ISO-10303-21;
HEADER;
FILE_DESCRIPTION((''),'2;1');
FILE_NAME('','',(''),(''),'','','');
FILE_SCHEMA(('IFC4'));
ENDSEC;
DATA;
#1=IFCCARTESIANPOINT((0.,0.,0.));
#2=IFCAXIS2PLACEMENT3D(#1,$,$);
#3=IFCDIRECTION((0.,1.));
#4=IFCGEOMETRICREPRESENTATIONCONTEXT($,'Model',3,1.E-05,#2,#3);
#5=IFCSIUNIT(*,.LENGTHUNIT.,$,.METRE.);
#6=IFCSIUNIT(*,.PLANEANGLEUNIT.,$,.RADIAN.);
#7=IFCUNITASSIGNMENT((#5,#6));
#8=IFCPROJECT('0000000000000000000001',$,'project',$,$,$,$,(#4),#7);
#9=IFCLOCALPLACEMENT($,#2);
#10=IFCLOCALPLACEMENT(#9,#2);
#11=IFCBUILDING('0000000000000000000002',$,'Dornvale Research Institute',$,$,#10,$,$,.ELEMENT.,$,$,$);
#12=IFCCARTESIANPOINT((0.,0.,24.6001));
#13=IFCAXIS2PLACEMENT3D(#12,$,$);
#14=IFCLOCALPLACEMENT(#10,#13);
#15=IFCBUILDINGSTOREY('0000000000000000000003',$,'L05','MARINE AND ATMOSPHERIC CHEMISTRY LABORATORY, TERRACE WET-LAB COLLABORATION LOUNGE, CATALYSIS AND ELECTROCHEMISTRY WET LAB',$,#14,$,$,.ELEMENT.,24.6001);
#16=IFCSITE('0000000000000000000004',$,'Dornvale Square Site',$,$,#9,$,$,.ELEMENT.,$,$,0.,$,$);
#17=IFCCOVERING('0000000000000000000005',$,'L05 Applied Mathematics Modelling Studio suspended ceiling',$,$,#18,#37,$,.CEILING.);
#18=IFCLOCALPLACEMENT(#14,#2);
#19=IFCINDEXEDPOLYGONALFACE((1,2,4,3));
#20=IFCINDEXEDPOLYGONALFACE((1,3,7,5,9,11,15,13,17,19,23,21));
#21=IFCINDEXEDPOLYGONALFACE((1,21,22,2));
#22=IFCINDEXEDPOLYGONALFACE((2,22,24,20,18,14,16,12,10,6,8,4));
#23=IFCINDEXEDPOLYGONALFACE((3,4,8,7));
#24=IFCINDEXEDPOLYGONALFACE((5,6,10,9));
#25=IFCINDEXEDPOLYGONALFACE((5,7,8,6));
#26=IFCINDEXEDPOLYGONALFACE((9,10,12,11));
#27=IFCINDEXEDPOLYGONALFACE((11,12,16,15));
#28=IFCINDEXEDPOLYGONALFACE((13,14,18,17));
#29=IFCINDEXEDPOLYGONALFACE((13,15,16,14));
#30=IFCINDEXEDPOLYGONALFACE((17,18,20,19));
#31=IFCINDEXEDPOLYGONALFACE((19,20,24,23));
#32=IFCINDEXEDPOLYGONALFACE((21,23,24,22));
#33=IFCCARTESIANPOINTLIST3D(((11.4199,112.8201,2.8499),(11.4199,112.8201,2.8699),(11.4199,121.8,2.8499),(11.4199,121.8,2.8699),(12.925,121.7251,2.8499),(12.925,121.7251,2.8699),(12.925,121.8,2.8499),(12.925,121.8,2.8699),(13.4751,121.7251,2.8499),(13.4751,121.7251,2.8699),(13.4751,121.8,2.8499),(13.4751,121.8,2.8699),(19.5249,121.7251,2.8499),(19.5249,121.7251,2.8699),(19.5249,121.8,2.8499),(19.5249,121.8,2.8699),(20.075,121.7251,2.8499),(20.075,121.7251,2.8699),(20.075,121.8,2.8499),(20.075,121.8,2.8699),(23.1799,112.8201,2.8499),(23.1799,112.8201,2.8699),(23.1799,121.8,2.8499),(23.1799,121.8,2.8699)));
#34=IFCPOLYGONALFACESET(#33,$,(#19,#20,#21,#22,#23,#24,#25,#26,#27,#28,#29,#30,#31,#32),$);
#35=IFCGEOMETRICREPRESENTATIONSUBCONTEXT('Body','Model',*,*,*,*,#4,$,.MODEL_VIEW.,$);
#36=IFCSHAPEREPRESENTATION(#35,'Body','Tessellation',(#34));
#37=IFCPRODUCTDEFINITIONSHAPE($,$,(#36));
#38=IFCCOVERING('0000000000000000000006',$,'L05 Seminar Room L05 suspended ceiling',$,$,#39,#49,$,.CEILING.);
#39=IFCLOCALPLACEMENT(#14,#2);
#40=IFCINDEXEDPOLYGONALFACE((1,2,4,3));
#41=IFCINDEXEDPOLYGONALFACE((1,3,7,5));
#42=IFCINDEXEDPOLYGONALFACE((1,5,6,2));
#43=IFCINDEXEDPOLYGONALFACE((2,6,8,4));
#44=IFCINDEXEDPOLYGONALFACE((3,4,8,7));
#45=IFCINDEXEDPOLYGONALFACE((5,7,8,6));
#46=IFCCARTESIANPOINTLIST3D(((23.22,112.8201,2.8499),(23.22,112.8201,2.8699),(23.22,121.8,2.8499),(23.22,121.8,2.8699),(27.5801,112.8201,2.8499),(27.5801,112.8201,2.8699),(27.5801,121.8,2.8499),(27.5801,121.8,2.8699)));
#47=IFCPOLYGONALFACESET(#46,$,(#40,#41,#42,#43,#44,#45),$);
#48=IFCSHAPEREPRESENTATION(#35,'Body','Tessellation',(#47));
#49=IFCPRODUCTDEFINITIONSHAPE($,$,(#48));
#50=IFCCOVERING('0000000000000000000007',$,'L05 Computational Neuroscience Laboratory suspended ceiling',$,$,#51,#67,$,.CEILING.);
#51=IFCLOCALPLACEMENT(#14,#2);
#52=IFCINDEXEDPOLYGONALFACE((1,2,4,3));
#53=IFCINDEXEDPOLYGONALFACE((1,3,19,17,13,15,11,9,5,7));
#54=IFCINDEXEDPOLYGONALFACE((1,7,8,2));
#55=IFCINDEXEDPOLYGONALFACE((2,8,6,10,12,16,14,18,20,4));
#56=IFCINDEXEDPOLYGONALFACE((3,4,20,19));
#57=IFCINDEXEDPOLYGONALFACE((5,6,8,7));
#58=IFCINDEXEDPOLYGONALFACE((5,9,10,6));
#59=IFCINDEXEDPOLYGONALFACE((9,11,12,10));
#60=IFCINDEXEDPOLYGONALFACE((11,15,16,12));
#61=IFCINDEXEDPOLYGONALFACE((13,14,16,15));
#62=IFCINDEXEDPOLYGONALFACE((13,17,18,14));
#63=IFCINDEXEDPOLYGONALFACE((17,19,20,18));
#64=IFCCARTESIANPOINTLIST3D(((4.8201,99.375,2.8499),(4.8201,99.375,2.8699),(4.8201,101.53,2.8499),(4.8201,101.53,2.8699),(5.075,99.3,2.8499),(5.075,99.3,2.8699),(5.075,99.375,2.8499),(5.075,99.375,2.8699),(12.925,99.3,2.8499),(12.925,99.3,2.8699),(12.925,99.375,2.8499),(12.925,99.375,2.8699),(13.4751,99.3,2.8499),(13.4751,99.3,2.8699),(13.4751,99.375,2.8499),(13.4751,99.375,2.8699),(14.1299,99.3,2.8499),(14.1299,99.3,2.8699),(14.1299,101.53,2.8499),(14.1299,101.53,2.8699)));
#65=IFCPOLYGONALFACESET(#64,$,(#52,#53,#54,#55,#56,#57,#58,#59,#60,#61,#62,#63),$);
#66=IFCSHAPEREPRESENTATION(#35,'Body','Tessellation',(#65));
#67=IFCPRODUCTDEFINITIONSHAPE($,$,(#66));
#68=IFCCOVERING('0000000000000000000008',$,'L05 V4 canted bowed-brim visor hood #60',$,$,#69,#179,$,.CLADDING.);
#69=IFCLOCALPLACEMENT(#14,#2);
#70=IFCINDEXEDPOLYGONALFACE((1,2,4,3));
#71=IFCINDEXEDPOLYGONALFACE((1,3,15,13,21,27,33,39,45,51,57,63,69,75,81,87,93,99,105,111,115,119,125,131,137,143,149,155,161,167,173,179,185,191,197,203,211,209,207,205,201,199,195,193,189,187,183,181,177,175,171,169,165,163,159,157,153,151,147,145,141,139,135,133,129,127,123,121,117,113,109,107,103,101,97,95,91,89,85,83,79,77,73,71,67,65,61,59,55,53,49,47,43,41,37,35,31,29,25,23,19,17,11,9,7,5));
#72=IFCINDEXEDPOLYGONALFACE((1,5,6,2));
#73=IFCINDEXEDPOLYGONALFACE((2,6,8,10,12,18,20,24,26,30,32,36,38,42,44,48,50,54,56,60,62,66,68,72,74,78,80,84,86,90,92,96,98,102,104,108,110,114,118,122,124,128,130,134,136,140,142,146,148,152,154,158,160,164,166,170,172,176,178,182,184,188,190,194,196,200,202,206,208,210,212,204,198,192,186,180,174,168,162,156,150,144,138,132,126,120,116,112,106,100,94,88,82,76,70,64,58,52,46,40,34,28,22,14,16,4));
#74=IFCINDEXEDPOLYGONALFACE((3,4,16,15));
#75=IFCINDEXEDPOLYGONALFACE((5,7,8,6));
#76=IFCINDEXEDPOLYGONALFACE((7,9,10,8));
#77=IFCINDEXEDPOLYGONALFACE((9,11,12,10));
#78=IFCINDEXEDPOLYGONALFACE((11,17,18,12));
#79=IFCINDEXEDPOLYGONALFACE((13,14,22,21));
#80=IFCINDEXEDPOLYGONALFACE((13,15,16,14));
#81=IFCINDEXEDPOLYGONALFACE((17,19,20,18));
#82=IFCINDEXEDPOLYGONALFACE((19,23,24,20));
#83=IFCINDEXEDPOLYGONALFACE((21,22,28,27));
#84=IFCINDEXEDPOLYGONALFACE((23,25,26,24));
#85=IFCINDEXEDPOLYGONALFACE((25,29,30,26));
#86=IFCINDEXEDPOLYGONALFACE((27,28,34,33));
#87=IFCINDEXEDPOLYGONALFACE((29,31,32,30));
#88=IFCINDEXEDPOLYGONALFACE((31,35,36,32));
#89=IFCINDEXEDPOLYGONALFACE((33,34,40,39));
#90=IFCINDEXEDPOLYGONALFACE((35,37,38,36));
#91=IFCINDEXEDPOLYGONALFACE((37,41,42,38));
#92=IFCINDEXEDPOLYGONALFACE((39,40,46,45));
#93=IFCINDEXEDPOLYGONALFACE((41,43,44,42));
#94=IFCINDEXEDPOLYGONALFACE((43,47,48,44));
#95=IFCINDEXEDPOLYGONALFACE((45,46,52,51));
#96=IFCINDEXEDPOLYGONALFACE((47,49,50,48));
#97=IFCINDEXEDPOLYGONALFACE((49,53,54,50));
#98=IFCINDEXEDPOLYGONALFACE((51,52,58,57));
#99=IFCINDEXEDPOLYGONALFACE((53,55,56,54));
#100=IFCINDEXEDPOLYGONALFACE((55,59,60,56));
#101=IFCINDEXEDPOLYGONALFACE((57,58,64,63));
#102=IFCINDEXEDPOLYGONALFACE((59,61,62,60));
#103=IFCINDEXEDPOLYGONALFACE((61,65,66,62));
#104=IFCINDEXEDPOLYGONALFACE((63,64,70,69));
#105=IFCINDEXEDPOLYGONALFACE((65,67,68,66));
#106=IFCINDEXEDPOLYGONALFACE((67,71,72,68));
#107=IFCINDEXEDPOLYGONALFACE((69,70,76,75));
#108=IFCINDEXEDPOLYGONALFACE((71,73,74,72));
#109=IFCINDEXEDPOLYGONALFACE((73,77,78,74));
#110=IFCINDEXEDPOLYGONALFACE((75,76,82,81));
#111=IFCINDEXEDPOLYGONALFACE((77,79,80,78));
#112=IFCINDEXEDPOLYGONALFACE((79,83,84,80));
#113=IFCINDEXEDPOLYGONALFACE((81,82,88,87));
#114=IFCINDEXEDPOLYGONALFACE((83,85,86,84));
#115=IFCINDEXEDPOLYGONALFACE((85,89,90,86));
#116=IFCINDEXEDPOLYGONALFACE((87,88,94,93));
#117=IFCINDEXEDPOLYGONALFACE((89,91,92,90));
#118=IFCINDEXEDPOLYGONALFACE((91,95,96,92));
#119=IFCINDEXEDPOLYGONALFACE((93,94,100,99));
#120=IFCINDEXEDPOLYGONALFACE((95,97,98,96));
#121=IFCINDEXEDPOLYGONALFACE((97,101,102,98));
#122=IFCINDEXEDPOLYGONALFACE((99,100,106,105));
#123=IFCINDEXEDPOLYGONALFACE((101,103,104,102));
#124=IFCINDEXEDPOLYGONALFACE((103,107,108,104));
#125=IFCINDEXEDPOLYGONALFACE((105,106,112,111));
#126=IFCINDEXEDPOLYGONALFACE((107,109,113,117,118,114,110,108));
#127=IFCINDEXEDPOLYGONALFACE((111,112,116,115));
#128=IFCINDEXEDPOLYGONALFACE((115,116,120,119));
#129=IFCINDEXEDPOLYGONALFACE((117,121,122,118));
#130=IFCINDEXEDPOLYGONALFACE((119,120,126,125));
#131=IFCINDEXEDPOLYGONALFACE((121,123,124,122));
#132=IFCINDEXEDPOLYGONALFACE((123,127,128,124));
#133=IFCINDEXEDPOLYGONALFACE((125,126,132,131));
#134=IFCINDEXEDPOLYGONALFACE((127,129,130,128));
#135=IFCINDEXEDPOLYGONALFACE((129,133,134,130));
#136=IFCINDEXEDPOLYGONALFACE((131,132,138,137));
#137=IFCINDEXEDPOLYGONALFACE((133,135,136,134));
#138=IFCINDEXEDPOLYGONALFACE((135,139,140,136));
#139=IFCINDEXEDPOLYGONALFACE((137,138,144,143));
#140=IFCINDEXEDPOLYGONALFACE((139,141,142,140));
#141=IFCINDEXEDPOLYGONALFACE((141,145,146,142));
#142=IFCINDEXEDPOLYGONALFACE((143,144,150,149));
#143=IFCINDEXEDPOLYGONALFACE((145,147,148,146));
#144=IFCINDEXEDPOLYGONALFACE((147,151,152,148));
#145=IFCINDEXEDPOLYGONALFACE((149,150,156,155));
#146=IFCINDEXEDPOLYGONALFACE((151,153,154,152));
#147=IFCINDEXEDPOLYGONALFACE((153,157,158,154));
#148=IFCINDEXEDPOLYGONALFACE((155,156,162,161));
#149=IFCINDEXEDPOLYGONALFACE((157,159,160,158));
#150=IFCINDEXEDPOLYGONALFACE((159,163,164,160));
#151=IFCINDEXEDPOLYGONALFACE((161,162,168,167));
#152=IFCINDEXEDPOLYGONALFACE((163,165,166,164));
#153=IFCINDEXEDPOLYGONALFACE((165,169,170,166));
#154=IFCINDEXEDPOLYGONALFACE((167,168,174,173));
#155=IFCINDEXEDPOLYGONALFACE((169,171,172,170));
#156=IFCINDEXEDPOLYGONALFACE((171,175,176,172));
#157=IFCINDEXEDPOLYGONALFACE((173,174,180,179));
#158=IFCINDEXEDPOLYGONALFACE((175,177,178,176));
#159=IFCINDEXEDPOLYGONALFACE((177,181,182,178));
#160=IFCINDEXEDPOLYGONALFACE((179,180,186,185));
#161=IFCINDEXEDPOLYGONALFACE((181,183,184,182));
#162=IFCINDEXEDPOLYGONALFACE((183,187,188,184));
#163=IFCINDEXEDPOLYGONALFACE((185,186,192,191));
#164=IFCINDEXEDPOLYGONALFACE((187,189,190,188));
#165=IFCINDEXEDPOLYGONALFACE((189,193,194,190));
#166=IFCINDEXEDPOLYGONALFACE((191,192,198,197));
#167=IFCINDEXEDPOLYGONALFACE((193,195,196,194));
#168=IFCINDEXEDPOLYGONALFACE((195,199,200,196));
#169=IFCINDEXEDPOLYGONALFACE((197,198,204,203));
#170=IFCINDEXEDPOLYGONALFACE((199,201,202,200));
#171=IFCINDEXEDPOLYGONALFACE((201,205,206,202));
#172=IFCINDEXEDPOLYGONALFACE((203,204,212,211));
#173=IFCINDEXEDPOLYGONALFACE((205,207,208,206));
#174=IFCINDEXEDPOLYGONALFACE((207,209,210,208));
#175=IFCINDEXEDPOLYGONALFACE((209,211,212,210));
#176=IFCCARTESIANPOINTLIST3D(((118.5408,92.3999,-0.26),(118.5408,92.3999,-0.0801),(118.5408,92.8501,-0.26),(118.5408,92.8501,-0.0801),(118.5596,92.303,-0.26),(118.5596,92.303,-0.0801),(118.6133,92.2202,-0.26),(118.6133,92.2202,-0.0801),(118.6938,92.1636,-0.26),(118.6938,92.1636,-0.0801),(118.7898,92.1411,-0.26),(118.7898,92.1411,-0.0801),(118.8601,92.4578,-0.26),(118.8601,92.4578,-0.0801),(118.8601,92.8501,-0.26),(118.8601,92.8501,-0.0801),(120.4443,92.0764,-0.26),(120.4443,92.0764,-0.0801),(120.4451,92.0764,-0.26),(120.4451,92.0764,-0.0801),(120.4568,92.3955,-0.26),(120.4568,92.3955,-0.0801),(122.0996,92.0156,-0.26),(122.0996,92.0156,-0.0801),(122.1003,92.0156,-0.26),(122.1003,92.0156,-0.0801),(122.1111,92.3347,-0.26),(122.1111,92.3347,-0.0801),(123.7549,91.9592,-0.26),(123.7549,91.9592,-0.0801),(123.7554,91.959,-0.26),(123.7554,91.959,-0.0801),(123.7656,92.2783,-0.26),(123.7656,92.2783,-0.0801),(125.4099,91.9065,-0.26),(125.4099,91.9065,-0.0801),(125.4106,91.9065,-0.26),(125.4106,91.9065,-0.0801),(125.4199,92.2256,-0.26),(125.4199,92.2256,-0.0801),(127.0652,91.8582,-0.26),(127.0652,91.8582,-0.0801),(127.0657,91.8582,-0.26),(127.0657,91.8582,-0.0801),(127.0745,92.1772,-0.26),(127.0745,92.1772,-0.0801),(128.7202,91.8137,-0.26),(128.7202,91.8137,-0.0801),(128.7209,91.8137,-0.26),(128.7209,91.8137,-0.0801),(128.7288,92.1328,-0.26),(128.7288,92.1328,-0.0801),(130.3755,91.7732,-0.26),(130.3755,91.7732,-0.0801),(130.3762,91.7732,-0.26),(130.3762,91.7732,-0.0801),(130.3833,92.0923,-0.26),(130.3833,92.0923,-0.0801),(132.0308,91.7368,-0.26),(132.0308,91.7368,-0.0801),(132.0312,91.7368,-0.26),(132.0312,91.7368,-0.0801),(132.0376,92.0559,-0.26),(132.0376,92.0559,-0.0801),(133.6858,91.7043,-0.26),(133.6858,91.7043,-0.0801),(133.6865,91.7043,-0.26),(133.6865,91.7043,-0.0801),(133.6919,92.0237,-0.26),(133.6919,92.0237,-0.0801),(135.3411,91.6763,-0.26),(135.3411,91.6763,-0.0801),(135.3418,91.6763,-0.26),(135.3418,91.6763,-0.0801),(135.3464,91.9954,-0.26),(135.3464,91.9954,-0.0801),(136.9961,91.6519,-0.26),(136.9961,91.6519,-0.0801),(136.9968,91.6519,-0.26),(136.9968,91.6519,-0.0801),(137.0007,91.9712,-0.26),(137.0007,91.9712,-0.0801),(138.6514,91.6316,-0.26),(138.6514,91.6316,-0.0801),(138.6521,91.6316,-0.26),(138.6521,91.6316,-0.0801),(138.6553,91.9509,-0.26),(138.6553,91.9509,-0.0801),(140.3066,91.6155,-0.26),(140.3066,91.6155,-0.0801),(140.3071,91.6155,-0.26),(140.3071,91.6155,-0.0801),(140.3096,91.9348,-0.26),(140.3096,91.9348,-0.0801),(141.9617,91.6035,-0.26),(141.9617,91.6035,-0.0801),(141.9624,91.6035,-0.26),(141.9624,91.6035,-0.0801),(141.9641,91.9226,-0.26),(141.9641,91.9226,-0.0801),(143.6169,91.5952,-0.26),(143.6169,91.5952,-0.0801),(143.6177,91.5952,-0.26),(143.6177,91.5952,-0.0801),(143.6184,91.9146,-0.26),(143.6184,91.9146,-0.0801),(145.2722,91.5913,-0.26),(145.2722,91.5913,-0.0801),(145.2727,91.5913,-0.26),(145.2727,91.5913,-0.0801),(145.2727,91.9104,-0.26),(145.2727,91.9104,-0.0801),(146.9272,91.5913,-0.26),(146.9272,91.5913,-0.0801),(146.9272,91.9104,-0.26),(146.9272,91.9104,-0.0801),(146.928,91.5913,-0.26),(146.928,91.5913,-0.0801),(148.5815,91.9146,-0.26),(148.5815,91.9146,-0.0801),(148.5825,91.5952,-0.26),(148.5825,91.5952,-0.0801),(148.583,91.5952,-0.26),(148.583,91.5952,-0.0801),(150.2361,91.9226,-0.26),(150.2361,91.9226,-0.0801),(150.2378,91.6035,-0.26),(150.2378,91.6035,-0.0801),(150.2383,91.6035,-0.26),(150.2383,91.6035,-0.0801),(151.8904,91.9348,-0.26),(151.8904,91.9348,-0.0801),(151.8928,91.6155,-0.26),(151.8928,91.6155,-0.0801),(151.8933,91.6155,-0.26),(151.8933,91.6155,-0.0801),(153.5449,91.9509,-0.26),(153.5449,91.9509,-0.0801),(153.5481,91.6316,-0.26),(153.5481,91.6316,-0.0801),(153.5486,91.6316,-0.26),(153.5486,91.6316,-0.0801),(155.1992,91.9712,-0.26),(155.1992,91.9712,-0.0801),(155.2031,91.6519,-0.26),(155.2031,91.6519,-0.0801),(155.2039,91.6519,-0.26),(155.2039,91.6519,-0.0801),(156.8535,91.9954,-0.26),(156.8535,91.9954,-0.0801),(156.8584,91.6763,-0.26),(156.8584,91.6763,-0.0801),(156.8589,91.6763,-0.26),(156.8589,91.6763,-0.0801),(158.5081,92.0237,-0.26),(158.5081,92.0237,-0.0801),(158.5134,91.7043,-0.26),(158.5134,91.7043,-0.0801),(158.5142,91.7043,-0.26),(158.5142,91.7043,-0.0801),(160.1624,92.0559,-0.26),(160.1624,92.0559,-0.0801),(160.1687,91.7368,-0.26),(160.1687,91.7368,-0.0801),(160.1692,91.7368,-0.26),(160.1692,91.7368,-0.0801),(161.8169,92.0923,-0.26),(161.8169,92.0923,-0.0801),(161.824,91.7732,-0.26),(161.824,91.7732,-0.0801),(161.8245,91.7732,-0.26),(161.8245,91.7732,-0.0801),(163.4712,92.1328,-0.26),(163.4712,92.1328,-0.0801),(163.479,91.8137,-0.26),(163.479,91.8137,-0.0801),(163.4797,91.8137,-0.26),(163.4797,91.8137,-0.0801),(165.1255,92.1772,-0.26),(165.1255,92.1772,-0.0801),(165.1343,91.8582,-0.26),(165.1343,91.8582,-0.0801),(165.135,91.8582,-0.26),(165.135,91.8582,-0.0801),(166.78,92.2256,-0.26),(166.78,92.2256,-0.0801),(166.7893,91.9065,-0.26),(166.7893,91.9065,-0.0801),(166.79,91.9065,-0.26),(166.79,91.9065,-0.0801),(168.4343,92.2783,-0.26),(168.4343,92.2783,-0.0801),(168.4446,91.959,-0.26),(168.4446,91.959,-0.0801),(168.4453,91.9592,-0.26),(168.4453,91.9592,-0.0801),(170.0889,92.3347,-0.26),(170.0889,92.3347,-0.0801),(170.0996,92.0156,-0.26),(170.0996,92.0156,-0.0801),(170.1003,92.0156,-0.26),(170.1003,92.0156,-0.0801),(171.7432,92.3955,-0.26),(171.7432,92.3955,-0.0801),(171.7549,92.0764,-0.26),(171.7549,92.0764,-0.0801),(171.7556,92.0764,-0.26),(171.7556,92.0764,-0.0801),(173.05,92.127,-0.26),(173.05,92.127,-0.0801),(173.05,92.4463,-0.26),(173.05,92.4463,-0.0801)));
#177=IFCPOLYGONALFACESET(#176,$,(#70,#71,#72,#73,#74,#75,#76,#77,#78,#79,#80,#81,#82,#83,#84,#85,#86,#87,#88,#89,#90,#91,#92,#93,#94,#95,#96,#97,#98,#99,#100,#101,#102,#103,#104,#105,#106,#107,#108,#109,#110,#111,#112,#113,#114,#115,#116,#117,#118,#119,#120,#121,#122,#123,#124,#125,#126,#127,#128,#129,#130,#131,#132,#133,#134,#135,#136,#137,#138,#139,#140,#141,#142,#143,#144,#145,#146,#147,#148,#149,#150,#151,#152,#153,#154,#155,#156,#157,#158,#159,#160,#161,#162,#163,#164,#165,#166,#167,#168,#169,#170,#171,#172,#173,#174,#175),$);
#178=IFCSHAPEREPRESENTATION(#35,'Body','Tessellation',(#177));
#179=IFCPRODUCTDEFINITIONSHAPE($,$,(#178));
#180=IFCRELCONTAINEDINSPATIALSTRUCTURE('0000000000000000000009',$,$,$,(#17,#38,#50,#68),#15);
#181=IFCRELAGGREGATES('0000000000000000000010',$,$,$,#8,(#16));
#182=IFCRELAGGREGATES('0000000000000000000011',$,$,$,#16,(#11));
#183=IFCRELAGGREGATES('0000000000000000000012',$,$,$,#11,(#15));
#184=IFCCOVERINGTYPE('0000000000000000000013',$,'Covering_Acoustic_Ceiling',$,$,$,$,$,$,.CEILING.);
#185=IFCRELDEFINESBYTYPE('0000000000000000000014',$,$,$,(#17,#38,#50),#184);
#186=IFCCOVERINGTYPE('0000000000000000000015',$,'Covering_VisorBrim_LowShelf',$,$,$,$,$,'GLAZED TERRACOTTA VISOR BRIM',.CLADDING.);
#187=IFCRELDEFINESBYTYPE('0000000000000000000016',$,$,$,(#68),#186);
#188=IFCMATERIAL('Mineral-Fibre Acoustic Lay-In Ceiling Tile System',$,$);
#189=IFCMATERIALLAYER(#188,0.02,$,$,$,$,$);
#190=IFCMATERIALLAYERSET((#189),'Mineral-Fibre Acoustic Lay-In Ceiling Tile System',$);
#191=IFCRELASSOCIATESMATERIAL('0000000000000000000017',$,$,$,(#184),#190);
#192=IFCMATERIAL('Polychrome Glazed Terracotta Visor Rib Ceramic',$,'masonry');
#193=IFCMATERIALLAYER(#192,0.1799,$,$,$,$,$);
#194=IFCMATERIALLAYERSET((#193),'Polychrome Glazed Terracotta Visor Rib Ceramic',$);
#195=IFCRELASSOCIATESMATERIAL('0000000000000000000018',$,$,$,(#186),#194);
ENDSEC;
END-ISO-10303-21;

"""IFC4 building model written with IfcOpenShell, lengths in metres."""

from ifc_helpers import new_model, si_unit, direction, frame, origin, place, context, subcontext, project, spatial, polyline, outline, extrude, material, layer, layer_set, type_object, element, save


model = new_model("IFC4")

# Units and contexts
model_context = context("Model", 3, precision=1e-05, world=origin(), true_north=direction((0.0, 1.0)))
body_context = subcontext(model_context, "Body", "Model", "MODEL_VIEW")
ifc_project = project(units=[si_unit("LENGTHUNIT", "METRE"), si_unit("PLANEANGLEUNIT", "RADIAN")], contexts=[model_context])

# Site, building, storey
site_placement = place(None, origin())
site = spatial("IfcSite", under=ifc_project, at=site_placement, Name="Dornvale Square Site", CompositionType="ELEMENT", RefElevation=0.0)
building_placement = place(site_placement, origin())
building = spatial("IfcBuilding", under=site, at=building_placement, Name="Dornvale Research Institute", CompositionType="ELEMENT")
storey_placement = place(building_placement, frame((0.0, 0.0, 24.6001)))
storey = spatial("IfcBuildingStorey", under=building, at=storey_placement, Name="L05", Description="MARINE AND ATMOSPHERIC CHEMISTRY LABORATORY, TERRACE WET-LAB COLLABORATION LOUNGE, CATALYSIS AND ELECTROCHEMISTRY WET LAB", CompositionType="ELEMENT", Elevation=24.6001)

# Coverings
ifc_material_1 = material(Name="Mineral-Fibre Acoustic Lay-In Ceiling Tile System")
ifc_layer_1 = layer(ifc_material_1, 0.02)
ifc_layer_set_1 = layer_set([ifc_layer_1], Name="Mineral-Fibre Acoustic Lay-In Ceiling Tile System")
covering_type_1 = type_object("IfcCoveringType", Name="Covering_Acoustic_Ceiling", PredefinedType="CEILING", material=ifc_layer_set_1)
covering_1_placement = place(storey_placement, frame((0.0, 0.0, 2.8499)))
element("IfcCovering", 1, at=covering_1_placement, inside=storey, type_object=covering_type_1, Name="L05 Applied Mathematics Modelling Studio suspended ceiling", PredefinedType="CEILING", context=body_context, shape_type="SweptSolid", body=[
    extrude(outline(polyline([(20.075, 121.7251), (20.075, 121.8), (23.1799, 121.8), (23.1799, 112.8201), (11.4199, 112.8201), (11.4199, 121.8), (12.925, 121.8), (12.925, 121.7251), (13.4751, 121.7251), (13.4751, 121.8), (19.5249, 121.8), (19.5249, 121.7251), (20.075, 121.7251)])), origin(), (0.0, 0.0, 1.0), 0.02),
])
covering_2_placement = place(storey_placement, frame((0.0, 0.0, 2.8499)))
element("IfcCovering", 2, at=covering_2_placement, inside=storey, type_object=covering_type_1, Name="L05 Seminar Room L05 suspended ceiling", PredefinedType="CEILING", context=body_context, shape_type="SweptSolid", body=[
    extrude(outline(polyline([(23.22, 112.8201), (23.22, 121.8), (27.5801, 121.8), (27.5801, 112.8201), (23.22, 112.8201)])), origin(), (0.0, 0.0, 1.0), 0.02),
])
covering_3_placement = place(storey_placement, frame((0.0, 0.0, 2.8499)))
element("IfcCovering", 3, at=covering_3_placement, inside=storey, type_object=covering_type_1, Name="L05 Computational Neuroscience Laboratory suspended ceiling", PredefinedType="CEILING", context=body_context, shape_type="SweptSolid", body=[
    extrude(outline(polyline([(14.1299, 101.53), (14.1299, 99.3), (13.4751, 99.3), (13.4751, 99.375), (12.925, 99.375), (12.925, 99.3), (5.075, 99.3), (5.075, 99.375), (4.8201, 99.375), (4.8201, 101.53), (14.1299, 101.53)])), origin(), (0.0, 0.0, 1.0), 0.02),
])
ifc_material_2 = material(Name="Polychrome Glazed Terracotta Visor Rib Ceramic", Category="masonry")
ifc_layer_2 = layer(ifc_material_2, 0.1799)
ifc_layer_set_2 = layer_set([ifc_layer_2], Name="Polychrome Glazed Terracotta Visor Rib Ceramic")
covering_type_2 = type_object("IfcCoveringType", Name="Covering_VisorBrim_LowShelf", ElementType="GLAZED TERRACOTTA VISOR BRIM", PredefinedType="CLADDING", material=ifc_layer_set_2)
covering_4_placement = place(storey_placement, frame((0.0, 0.0, -0.26)))
element("IfcCovering", 4, at=covering_4_placement, inside=storey, type_object=covering_type_2, Name="L05 V4 canted bowed-brim visor hood #60", PredefinedType="CLADDING", context=body_context, shape_type="SweptSolid", body=[
    extrude(outline(polyline([(118.8601, 92.4578), (120.4568, 92.3955), (122.1111, 92.3347), (123.7656, 92.2783), (125.4199, 92.2256), (127.0745, 92.1772), (128.7288, 92.1328), (130.3833, 92.0923), (132.0376, 92.0559), (133.6919, 92.0237), (135.3464, 91.9954), (137.0007, 91.9712), (138.6553, 91.9509), (140.3096, 91.9348), (141.9641, 91.9226), (143.6184, 91.9146), (145.2727, 91.9104), (146.9272, 91.9104), (148.5815, 91.9146), (150.2361, 91.9226), (151.8904, 91.9348), (153.5449, 91.9509), (155.1992, 91.9712), (156.8535, 91.9954), (158.5081, 92.0237), (160.1624, 92.0559), (161.8169, 92.0923), (163.4712, 92.1328), (165.1255, 92.1772), (166.78, 92.2256), (168.4343, 92.2783), (170.0889, 92.3347), (171.7432, 92.3955), (173.05, 92.4463), (173.05, 92.127), (171.7556, 92.0764), (171.7549, 92.0764), (170.1003, 92.0156), (170.0996, 92.0156), (168.4453, 91.9592), (168.4446, 91.959), (166.79, 91.9065), (166.7893, 91.9065), (165.135, 91.8582), (165.1343, 91.8582), (163.4797, 91.8137), (163.479, 91.8137), (161.8245, 91.7732), (161.824, 91.7732), (160.1692, 91.7368), (160.1687, 91.7368), (158.5142, 91.7043), (158.5134, 91.7043), (156.8589, 91.6763), (156.8584, 91.6763), (155.2039, 91.6519), (155.2031, 91.6519), (153.5486, 91.6316), (153.5481, 91.6316), (151.8933, 91.6155), (151.8928, 91.6155), (150.2383, 91.6035), (150.2378, 91.6035), (148.583, 91.5952), (148.5825, 91.5952), (146.928, 91.5913), (146.9272, 91.5913), (145.2727, 91.5913), (145.2722, 91.5913), (143.6177, 91.5952), (143.6169, 91.5952), (141.9624, 91.6035), (141.9617, 91.6035), (140.3071, 91.6155), (140.3066, 91.6155), (138.6521, 91.6316), (138.6514, 91.6316), (136.9968, 91.6519), (136.9961, 91.6519), (135.3418, 91.6763), (135.3411, 91.6763), (133.6865, 91.7043), (133.6858, 91.7043), (132.0312, 91.7368), (132.0308, 91.7368), (130.3762, 91.7732), (130.3755, 91.7732), (128.7209, 91.8137), (128.7202, 91.8137), (127.0657, 91.8582), (127.0652, 91.8582), (125.4106, 91.9065), (125.4099, 91.9065), (123.7554, 91.959), (123.7549, 91.9592), (122.1003, 92.0156), (122.0996, 92.0156), (120.4451, 92.0764), (120.4443, 92.0764), (118.7898, 92.1411), (118.6938, 92.1636), (118.6133, 92.2202), (118.5596, 92.303), (118.5408, 92.3999), (118.5408, 92.8501), (118.8601, 92.8501), (118.8601, 92.4578)])), origin(), (0.0, 0.0, 1.0), 0.1799),
])

save(model, "model.ifc")
